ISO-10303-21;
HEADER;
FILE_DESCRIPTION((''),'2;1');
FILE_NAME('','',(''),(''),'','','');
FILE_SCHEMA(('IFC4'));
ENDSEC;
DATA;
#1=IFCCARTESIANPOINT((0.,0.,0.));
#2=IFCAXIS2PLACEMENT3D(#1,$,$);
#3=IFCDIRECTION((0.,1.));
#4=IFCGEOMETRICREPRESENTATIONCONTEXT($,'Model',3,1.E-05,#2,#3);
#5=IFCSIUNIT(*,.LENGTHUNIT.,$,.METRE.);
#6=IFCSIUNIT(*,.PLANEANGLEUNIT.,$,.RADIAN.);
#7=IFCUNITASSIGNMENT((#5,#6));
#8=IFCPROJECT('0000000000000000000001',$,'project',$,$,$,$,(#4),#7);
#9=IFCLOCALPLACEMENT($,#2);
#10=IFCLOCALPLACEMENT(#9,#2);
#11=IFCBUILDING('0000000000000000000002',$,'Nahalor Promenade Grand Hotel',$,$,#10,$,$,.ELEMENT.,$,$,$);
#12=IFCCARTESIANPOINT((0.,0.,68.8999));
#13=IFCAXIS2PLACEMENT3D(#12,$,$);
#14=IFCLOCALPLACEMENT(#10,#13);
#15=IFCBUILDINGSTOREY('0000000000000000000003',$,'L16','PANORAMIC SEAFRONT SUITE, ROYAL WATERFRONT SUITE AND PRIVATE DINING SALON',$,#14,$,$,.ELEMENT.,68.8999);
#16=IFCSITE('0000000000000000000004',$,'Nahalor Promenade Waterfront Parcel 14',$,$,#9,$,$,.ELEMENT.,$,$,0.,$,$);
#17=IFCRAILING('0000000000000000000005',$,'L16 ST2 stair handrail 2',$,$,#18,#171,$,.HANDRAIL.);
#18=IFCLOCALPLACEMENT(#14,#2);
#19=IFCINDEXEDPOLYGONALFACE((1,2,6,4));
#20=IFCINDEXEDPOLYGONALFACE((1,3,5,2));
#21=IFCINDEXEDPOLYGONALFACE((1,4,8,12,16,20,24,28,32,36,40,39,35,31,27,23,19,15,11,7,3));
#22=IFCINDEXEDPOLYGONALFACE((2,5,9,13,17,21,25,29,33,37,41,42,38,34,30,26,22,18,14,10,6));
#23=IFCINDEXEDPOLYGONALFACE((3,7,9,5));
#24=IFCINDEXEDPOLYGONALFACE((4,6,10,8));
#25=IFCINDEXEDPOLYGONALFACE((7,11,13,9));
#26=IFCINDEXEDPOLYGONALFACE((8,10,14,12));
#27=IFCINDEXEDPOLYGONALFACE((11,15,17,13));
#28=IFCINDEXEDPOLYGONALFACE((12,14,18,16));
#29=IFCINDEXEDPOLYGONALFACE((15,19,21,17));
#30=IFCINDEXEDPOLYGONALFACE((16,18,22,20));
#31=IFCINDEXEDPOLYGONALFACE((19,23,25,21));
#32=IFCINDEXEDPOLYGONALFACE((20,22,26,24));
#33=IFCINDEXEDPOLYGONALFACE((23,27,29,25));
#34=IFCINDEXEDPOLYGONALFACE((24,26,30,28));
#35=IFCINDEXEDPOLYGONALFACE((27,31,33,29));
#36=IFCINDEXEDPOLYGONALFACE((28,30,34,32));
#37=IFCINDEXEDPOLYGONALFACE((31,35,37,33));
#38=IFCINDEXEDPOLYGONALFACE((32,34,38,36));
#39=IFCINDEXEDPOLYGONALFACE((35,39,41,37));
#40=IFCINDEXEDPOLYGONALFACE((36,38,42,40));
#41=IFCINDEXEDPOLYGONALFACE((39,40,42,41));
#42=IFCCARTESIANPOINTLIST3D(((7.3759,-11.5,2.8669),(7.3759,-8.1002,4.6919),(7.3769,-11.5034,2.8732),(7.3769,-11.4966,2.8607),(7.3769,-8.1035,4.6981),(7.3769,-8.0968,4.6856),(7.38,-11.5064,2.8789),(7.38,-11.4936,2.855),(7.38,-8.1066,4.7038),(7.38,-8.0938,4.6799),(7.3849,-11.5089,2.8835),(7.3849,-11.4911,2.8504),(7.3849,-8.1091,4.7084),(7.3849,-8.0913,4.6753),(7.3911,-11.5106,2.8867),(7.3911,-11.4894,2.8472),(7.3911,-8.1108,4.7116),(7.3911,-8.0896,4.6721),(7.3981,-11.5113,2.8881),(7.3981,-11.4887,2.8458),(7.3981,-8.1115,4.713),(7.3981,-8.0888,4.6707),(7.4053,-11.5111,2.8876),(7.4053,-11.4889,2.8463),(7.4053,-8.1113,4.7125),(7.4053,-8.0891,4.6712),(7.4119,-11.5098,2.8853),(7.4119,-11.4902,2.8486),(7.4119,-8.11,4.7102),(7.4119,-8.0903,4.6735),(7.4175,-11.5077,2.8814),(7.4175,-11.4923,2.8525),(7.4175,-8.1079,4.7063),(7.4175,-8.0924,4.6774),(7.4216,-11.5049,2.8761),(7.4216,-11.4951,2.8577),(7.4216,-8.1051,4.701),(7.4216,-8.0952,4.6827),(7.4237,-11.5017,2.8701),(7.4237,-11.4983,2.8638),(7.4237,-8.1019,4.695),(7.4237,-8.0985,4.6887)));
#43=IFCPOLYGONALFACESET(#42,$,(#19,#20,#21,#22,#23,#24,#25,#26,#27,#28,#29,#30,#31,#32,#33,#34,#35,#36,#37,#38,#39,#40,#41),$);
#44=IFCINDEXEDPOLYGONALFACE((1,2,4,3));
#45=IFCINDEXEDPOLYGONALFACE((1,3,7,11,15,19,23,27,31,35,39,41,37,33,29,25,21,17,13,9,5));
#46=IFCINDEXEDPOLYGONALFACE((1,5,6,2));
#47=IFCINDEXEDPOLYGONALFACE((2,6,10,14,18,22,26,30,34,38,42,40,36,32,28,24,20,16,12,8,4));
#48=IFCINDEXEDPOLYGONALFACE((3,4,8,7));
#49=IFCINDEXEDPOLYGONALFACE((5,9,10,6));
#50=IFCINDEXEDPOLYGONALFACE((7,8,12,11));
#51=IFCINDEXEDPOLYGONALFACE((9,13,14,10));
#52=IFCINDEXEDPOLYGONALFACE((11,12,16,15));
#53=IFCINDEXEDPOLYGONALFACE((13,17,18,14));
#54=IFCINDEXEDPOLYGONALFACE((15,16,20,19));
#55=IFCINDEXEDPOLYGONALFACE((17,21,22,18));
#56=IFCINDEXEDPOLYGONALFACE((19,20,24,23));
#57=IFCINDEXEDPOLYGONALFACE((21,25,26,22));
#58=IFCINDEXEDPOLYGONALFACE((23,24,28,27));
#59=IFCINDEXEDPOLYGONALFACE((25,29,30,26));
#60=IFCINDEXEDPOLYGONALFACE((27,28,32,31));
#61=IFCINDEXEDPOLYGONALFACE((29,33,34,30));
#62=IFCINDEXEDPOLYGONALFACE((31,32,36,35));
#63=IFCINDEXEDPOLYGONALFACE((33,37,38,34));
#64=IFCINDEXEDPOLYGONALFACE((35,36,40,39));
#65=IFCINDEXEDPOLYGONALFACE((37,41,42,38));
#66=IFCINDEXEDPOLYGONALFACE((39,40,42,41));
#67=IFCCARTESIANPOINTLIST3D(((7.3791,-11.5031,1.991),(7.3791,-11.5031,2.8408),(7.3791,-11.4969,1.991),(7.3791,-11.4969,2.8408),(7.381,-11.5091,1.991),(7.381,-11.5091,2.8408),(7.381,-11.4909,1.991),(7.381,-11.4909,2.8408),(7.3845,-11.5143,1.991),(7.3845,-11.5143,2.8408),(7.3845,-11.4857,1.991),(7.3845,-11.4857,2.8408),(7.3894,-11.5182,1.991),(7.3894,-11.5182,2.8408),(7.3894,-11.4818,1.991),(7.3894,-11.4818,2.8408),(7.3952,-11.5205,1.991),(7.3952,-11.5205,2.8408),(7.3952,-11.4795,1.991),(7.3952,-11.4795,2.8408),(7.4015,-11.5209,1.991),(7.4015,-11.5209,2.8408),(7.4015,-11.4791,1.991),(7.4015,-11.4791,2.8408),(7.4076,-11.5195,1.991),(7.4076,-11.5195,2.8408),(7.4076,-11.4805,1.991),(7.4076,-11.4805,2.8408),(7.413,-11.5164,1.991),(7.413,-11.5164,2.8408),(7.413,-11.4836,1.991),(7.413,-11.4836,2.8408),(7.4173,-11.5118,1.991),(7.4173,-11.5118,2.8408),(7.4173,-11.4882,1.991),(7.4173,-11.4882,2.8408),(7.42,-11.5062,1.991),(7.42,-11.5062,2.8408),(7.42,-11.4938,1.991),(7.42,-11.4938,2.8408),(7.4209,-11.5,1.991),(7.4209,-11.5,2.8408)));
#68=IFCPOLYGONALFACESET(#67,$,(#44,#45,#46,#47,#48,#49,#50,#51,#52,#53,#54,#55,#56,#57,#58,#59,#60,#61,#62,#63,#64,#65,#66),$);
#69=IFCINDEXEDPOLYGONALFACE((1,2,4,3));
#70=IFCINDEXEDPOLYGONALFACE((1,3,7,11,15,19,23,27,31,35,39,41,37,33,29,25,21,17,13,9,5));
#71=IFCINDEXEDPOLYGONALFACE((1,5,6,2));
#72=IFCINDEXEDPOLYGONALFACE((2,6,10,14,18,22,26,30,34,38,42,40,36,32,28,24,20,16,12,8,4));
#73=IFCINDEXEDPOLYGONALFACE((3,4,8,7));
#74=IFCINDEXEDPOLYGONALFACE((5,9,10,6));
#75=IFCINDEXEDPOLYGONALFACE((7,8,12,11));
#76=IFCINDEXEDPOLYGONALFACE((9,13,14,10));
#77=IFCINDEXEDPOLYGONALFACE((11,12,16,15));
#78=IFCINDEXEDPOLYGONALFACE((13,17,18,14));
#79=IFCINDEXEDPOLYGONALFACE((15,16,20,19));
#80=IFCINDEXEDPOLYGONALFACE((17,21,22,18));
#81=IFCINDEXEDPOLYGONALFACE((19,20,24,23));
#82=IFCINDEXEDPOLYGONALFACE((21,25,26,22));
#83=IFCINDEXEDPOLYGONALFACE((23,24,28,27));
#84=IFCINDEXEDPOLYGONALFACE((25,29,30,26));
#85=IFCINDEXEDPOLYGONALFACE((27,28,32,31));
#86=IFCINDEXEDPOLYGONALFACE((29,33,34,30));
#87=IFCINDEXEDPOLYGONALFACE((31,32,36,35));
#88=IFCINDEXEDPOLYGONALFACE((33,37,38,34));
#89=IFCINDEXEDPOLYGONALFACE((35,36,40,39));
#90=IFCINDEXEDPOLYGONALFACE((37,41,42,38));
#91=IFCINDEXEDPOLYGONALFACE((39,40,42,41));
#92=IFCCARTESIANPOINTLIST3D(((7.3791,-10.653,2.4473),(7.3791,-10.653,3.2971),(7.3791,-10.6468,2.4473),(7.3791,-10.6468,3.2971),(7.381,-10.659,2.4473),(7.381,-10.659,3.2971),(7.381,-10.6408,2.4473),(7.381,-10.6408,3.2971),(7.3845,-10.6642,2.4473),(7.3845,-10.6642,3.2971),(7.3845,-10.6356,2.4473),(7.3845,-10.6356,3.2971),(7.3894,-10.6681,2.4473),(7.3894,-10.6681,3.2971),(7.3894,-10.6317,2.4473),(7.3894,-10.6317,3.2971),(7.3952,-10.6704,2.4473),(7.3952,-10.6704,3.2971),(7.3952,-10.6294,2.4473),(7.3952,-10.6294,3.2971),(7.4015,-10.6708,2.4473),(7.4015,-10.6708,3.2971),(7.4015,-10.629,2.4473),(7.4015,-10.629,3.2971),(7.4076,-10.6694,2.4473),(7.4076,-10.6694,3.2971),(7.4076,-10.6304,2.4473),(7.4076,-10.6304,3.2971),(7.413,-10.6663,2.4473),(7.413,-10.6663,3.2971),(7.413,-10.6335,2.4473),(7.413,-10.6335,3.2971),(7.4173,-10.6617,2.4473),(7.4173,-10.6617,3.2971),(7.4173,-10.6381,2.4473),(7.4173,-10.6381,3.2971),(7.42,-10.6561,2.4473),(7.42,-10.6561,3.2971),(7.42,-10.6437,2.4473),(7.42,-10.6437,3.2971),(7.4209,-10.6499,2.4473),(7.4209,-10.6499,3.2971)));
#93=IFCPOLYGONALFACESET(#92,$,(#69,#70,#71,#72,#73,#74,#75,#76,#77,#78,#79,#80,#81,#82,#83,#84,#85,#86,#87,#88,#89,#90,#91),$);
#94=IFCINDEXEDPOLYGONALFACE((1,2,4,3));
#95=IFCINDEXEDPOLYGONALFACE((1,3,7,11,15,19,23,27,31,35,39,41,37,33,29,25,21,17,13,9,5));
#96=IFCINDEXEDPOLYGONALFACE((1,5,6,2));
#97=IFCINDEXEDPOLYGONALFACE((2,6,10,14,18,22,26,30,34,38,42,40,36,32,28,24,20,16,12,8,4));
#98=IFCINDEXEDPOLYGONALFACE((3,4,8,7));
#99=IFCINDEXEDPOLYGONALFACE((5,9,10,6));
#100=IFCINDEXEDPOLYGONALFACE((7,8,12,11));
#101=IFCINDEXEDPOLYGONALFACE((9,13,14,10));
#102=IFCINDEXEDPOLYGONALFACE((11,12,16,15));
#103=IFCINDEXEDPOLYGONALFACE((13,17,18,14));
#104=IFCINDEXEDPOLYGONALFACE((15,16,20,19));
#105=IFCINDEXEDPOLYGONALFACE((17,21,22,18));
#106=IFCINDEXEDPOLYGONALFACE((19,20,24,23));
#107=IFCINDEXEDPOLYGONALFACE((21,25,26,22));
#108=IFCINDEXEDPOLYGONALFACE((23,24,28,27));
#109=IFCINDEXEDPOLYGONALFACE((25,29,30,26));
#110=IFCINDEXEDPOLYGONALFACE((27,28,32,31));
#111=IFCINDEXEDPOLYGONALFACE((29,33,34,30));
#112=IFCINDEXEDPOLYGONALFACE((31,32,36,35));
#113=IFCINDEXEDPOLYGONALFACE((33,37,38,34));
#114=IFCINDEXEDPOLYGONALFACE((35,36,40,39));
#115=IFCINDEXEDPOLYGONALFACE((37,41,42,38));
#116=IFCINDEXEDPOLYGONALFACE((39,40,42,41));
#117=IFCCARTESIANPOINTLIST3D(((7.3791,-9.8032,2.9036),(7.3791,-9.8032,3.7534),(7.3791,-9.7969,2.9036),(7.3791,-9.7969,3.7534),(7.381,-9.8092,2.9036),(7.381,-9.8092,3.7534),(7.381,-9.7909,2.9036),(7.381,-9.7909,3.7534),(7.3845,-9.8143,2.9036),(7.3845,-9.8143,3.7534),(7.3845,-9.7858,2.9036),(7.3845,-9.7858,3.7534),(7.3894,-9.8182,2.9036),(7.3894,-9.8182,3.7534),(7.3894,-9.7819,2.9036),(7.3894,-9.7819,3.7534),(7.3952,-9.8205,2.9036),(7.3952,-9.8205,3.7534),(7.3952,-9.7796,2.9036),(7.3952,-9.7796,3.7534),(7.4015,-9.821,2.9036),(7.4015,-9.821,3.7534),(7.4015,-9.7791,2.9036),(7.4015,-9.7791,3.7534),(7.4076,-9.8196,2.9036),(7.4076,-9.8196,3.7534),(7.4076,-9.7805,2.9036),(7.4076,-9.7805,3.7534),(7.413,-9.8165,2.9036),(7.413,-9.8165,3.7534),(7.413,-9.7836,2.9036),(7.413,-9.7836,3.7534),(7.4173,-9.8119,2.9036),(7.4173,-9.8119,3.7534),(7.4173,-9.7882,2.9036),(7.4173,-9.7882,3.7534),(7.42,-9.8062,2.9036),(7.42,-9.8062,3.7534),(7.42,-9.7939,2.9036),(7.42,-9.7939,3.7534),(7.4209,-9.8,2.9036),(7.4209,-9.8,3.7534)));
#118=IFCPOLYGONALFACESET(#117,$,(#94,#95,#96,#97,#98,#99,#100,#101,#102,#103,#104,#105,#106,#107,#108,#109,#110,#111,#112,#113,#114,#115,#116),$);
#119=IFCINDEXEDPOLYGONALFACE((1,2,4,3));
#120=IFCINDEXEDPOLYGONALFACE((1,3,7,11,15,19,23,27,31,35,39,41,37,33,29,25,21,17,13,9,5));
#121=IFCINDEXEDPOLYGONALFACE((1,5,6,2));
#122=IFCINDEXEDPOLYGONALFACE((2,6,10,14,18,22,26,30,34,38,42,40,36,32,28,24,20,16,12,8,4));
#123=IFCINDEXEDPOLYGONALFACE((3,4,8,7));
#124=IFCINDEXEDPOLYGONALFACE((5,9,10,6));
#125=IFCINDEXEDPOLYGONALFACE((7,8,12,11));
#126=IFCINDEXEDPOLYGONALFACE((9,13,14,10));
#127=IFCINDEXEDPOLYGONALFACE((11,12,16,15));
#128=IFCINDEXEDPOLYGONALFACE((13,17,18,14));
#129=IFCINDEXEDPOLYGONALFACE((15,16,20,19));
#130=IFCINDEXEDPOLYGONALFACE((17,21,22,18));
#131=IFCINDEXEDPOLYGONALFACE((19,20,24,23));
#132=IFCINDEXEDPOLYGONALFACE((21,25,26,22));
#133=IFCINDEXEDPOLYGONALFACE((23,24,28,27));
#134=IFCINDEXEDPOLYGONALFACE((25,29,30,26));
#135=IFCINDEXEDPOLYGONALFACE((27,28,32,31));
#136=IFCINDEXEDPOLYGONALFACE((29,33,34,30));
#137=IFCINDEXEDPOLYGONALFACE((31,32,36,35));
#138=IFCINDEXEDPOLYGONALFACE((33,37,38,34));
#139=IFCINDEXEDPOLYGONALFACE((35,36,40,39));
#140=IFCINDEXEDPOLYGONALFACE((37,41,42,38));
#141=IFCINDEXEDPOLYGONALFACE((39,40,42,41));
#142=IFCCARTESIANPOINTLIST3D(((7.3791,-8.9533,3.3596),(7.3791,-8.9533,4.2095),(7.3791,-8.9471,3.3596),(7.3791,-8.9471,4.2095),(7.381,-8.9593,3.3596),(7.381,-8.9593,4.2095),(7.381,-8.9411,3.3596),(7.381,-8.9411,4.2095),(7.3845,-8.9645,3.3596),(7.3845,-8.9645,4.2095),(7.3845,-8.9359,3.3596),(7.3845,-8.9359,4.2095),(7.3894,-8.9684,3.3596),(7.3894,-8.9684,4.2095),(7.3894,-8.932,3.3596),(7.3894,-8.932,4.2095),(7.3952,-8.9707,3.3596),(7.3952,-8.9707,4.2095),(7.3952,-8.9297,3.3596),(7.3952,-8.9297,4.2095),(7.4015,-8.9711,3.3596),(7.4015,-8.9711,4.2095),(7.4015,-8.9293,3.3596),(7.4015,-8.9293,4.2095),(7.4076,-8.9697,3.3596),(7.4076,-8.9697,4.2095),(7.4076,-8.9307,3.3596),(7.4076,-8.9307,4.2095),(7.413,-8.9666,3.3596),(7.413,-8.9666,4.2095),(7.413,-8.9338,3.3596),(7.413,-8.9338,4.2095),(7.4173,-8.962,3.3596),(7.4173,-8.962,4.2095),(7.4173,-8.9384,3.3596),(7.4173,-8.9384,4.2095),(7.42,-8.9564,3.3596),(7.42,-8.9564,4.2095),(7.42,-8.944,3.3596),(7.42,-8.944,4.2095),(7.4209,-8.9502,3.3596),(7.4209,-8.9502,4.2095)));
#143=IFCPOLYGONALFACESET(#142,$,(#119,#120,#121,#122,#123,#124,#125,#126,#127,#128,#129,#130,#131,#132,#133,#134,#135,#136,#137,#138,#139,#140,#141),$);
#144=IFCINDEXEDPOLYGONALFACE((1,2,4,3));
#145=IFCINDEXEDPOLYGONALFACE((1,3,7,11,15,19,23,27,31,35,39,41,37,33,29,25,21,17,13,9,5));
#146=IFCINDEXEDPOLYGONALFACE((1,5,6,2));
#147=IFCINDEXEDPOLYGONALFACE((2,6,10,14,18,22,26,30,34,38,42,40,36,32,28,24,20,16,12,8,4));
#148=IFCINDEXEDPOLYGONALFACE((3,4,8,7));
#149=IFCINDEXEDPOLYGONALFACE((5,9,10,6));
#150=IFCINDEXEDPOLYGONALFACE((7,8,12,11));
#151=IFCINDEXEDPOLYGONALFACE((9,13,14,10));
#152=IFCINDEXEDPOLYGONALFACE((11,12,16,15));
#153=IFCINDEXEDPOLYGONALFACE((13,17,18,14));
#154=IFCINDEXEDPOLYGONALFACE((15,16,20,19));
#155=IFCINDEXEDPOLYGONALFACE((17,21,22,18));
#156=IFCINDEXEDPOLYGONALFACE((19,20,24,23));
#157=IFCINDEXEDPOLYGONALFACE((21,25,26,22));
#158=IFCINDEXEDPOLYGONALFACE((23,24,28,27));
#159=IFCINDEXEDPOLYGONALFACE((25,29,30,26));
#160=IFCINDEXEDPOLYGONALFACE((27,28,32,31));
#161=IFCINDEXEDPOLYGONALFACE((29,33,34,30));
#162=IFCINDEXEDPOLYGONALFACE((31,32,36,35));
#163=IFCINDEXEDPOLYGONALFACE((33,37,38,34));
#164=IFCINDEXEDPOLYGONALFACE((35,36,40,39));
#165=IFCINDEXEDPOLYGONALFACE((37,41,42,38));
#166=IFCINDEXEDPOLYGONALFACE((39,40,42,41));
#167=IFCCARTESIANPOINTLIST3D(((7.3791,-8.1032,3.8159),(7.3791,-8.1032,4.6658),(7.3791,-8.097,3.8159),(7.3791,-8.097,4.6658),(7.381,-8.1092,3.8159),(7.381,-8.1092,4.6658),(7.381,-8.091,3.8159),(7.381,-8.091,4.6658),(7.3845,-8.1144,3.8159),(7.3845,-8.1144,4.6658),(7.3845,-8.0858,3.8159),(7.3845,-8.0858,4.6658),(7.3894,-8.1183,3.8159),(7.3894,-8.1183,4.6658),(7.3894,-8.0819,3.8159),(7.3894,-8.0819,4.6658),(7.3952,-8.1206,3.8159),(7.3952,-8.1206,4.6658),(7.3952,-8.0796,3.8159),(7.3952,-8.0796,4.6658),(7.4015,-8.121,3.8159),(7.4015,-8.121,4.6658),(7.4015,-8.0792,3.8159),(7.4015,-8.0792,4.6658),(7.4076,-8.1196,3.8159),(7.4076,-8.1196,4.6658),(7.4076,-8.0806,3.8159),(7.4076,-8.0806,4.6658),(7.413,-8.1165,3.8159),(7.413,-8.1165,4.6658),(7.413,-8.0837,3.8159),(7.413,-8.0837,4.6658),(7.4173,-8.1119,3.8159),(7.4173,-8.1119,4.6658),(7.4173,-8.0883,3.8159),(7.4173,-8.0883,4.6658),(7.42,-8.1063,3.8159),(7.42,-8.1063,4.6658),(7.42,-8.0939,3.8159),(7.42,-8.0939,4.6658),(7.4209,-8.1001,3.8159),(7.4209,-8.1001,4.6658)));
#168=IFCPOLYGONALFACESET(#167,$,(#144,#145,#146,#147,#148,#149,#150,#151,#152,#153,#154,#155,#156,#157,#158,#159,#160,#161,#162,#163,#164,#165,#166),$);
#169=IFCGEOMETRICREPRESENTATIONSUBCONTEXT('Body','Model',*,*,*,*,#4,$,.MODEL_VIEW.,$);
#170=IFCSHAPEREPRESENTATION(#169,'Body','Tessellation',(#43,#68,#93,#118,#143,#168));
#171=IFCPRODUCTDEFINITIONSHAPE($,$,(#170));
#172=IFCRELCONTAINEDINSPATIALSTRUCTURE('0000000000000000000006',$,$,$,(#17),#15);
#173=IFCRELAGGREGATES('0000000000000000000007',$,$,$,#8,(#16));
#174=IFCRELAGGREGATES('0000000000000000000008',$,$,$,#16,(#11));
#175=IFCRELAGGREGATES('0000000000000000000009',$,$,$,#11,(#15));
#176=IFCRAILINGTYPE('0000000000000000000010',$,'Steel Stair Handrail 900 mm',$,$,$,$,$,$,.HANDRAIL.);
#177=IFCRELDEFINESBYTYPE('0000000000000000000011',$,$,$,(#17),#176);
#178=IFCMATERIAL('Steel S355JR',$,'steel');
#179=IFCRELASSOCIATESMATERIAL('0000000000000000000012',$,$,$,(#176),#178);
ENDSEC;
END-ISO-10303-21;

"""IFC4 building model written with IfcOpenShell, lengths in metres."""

from ifc_helpers import new_model, si_unit, direction, frame, origin, origin_2d, place, context, subcontext, project, spatial, circle, extrude, material, type_object, element, save


model = new_model("IFC4")

# Units and contexts
model_context = context("Model", 3, precision=1e-05, world=origin(), true_north=direction((0.0, 1.0)))
body_context = subcontext(model_context, "Body", "Model", "MODEL_VIEW")
ifc_project = project(units=[si_unit("LENGTHUNIT", "METRE"), si_unit("PLANEANGLEUNIT", "RADIAN")], contexts=[model_context])

# Site, building, storey
site_placement = place(None, origin())
site = spatial("IfcSite", under=ifc_project, at=site_placement, Name="Nahalor Promenade Waterfront Parcel 14", CompositionType="ELEMENT", RefElevation=0.0)
building_placement = place(site_placement, origin())
building = spatial("IfcBuilding", under=site, at=building_placement, Name="Nahalor Promenade Grand Hotel", CompositionType="ELEMENT")
storey_placement = place(building_placement, frame((0.0, 0.0, 68.8999)))
storey = spatial("IfcBuildingStorey", under=building, at=storey_placement, Name="L16", Description="PANORAMIC SEAFRONT SUITE, ROYAL WATERFRONT SUITE AND PRIVATE DINING SALON", CompositionType="ELEMENT", Elevation=68.8999)

# Shared definitions
ifc_material_1 = material(Name="Steel S355JR", Category="steel")

# Railing
railing_type_1 = type_object("IfcRailingType", Name="Steel Stair Handrail 900 mm", PredefinedType="HANDRAIL", material=ifc_material_1)
railing_1_placement = place(storey_placement, frame((7.3999, -11.5, 1.991)))
element("IfcRailing", 1, at=railing_1_placement, inside=storey, type_object=railing_type_1, Name="L16 ST2 stair handrail 2", PredefinedType="HANDRAIL", context=body_context, shape_type="SweptSolid", body=[
    extrude(circle(Radius=0.024, at=origin_2d()), frame((0.0, 0.0, 0.876), z_axis=(0.0, 0.881094, 0.472941), x_axis=(-1.0, 0.0, 0.0)), (0.0, 0.0, 1.0), 3.8586),
    extrude(circle(Radius=0.021, at=origin_2d()), origin(), (0.0, 0.0, 1.0), 0.8499),
    extrude(circle(Radius=0.021, at=origin_2d()), frame((0.0, 0.8501, 0.4563)), (0.0, 0.0, 1.0), 0.8499),
    extrude(circle(Radius=0.021, at=origin_2d()), frame((0.0, 1.7, 0.9126)), (0.0, 0.0, 1.0), 0.8499),
    extrude(circle(Radius=0.021, at=origin_2d()), frame((0.0, 2.5498, 1.3687)), (0.0, 0.0, 1.0), 0.8499),
    extrude(circle(Radius=0.021, at=origin_2d()), frame((0.0, 3.3999, 1.825)), (0.0, 0.0, 1.0), 0.8499),
])

save(model, "model.ifc")
